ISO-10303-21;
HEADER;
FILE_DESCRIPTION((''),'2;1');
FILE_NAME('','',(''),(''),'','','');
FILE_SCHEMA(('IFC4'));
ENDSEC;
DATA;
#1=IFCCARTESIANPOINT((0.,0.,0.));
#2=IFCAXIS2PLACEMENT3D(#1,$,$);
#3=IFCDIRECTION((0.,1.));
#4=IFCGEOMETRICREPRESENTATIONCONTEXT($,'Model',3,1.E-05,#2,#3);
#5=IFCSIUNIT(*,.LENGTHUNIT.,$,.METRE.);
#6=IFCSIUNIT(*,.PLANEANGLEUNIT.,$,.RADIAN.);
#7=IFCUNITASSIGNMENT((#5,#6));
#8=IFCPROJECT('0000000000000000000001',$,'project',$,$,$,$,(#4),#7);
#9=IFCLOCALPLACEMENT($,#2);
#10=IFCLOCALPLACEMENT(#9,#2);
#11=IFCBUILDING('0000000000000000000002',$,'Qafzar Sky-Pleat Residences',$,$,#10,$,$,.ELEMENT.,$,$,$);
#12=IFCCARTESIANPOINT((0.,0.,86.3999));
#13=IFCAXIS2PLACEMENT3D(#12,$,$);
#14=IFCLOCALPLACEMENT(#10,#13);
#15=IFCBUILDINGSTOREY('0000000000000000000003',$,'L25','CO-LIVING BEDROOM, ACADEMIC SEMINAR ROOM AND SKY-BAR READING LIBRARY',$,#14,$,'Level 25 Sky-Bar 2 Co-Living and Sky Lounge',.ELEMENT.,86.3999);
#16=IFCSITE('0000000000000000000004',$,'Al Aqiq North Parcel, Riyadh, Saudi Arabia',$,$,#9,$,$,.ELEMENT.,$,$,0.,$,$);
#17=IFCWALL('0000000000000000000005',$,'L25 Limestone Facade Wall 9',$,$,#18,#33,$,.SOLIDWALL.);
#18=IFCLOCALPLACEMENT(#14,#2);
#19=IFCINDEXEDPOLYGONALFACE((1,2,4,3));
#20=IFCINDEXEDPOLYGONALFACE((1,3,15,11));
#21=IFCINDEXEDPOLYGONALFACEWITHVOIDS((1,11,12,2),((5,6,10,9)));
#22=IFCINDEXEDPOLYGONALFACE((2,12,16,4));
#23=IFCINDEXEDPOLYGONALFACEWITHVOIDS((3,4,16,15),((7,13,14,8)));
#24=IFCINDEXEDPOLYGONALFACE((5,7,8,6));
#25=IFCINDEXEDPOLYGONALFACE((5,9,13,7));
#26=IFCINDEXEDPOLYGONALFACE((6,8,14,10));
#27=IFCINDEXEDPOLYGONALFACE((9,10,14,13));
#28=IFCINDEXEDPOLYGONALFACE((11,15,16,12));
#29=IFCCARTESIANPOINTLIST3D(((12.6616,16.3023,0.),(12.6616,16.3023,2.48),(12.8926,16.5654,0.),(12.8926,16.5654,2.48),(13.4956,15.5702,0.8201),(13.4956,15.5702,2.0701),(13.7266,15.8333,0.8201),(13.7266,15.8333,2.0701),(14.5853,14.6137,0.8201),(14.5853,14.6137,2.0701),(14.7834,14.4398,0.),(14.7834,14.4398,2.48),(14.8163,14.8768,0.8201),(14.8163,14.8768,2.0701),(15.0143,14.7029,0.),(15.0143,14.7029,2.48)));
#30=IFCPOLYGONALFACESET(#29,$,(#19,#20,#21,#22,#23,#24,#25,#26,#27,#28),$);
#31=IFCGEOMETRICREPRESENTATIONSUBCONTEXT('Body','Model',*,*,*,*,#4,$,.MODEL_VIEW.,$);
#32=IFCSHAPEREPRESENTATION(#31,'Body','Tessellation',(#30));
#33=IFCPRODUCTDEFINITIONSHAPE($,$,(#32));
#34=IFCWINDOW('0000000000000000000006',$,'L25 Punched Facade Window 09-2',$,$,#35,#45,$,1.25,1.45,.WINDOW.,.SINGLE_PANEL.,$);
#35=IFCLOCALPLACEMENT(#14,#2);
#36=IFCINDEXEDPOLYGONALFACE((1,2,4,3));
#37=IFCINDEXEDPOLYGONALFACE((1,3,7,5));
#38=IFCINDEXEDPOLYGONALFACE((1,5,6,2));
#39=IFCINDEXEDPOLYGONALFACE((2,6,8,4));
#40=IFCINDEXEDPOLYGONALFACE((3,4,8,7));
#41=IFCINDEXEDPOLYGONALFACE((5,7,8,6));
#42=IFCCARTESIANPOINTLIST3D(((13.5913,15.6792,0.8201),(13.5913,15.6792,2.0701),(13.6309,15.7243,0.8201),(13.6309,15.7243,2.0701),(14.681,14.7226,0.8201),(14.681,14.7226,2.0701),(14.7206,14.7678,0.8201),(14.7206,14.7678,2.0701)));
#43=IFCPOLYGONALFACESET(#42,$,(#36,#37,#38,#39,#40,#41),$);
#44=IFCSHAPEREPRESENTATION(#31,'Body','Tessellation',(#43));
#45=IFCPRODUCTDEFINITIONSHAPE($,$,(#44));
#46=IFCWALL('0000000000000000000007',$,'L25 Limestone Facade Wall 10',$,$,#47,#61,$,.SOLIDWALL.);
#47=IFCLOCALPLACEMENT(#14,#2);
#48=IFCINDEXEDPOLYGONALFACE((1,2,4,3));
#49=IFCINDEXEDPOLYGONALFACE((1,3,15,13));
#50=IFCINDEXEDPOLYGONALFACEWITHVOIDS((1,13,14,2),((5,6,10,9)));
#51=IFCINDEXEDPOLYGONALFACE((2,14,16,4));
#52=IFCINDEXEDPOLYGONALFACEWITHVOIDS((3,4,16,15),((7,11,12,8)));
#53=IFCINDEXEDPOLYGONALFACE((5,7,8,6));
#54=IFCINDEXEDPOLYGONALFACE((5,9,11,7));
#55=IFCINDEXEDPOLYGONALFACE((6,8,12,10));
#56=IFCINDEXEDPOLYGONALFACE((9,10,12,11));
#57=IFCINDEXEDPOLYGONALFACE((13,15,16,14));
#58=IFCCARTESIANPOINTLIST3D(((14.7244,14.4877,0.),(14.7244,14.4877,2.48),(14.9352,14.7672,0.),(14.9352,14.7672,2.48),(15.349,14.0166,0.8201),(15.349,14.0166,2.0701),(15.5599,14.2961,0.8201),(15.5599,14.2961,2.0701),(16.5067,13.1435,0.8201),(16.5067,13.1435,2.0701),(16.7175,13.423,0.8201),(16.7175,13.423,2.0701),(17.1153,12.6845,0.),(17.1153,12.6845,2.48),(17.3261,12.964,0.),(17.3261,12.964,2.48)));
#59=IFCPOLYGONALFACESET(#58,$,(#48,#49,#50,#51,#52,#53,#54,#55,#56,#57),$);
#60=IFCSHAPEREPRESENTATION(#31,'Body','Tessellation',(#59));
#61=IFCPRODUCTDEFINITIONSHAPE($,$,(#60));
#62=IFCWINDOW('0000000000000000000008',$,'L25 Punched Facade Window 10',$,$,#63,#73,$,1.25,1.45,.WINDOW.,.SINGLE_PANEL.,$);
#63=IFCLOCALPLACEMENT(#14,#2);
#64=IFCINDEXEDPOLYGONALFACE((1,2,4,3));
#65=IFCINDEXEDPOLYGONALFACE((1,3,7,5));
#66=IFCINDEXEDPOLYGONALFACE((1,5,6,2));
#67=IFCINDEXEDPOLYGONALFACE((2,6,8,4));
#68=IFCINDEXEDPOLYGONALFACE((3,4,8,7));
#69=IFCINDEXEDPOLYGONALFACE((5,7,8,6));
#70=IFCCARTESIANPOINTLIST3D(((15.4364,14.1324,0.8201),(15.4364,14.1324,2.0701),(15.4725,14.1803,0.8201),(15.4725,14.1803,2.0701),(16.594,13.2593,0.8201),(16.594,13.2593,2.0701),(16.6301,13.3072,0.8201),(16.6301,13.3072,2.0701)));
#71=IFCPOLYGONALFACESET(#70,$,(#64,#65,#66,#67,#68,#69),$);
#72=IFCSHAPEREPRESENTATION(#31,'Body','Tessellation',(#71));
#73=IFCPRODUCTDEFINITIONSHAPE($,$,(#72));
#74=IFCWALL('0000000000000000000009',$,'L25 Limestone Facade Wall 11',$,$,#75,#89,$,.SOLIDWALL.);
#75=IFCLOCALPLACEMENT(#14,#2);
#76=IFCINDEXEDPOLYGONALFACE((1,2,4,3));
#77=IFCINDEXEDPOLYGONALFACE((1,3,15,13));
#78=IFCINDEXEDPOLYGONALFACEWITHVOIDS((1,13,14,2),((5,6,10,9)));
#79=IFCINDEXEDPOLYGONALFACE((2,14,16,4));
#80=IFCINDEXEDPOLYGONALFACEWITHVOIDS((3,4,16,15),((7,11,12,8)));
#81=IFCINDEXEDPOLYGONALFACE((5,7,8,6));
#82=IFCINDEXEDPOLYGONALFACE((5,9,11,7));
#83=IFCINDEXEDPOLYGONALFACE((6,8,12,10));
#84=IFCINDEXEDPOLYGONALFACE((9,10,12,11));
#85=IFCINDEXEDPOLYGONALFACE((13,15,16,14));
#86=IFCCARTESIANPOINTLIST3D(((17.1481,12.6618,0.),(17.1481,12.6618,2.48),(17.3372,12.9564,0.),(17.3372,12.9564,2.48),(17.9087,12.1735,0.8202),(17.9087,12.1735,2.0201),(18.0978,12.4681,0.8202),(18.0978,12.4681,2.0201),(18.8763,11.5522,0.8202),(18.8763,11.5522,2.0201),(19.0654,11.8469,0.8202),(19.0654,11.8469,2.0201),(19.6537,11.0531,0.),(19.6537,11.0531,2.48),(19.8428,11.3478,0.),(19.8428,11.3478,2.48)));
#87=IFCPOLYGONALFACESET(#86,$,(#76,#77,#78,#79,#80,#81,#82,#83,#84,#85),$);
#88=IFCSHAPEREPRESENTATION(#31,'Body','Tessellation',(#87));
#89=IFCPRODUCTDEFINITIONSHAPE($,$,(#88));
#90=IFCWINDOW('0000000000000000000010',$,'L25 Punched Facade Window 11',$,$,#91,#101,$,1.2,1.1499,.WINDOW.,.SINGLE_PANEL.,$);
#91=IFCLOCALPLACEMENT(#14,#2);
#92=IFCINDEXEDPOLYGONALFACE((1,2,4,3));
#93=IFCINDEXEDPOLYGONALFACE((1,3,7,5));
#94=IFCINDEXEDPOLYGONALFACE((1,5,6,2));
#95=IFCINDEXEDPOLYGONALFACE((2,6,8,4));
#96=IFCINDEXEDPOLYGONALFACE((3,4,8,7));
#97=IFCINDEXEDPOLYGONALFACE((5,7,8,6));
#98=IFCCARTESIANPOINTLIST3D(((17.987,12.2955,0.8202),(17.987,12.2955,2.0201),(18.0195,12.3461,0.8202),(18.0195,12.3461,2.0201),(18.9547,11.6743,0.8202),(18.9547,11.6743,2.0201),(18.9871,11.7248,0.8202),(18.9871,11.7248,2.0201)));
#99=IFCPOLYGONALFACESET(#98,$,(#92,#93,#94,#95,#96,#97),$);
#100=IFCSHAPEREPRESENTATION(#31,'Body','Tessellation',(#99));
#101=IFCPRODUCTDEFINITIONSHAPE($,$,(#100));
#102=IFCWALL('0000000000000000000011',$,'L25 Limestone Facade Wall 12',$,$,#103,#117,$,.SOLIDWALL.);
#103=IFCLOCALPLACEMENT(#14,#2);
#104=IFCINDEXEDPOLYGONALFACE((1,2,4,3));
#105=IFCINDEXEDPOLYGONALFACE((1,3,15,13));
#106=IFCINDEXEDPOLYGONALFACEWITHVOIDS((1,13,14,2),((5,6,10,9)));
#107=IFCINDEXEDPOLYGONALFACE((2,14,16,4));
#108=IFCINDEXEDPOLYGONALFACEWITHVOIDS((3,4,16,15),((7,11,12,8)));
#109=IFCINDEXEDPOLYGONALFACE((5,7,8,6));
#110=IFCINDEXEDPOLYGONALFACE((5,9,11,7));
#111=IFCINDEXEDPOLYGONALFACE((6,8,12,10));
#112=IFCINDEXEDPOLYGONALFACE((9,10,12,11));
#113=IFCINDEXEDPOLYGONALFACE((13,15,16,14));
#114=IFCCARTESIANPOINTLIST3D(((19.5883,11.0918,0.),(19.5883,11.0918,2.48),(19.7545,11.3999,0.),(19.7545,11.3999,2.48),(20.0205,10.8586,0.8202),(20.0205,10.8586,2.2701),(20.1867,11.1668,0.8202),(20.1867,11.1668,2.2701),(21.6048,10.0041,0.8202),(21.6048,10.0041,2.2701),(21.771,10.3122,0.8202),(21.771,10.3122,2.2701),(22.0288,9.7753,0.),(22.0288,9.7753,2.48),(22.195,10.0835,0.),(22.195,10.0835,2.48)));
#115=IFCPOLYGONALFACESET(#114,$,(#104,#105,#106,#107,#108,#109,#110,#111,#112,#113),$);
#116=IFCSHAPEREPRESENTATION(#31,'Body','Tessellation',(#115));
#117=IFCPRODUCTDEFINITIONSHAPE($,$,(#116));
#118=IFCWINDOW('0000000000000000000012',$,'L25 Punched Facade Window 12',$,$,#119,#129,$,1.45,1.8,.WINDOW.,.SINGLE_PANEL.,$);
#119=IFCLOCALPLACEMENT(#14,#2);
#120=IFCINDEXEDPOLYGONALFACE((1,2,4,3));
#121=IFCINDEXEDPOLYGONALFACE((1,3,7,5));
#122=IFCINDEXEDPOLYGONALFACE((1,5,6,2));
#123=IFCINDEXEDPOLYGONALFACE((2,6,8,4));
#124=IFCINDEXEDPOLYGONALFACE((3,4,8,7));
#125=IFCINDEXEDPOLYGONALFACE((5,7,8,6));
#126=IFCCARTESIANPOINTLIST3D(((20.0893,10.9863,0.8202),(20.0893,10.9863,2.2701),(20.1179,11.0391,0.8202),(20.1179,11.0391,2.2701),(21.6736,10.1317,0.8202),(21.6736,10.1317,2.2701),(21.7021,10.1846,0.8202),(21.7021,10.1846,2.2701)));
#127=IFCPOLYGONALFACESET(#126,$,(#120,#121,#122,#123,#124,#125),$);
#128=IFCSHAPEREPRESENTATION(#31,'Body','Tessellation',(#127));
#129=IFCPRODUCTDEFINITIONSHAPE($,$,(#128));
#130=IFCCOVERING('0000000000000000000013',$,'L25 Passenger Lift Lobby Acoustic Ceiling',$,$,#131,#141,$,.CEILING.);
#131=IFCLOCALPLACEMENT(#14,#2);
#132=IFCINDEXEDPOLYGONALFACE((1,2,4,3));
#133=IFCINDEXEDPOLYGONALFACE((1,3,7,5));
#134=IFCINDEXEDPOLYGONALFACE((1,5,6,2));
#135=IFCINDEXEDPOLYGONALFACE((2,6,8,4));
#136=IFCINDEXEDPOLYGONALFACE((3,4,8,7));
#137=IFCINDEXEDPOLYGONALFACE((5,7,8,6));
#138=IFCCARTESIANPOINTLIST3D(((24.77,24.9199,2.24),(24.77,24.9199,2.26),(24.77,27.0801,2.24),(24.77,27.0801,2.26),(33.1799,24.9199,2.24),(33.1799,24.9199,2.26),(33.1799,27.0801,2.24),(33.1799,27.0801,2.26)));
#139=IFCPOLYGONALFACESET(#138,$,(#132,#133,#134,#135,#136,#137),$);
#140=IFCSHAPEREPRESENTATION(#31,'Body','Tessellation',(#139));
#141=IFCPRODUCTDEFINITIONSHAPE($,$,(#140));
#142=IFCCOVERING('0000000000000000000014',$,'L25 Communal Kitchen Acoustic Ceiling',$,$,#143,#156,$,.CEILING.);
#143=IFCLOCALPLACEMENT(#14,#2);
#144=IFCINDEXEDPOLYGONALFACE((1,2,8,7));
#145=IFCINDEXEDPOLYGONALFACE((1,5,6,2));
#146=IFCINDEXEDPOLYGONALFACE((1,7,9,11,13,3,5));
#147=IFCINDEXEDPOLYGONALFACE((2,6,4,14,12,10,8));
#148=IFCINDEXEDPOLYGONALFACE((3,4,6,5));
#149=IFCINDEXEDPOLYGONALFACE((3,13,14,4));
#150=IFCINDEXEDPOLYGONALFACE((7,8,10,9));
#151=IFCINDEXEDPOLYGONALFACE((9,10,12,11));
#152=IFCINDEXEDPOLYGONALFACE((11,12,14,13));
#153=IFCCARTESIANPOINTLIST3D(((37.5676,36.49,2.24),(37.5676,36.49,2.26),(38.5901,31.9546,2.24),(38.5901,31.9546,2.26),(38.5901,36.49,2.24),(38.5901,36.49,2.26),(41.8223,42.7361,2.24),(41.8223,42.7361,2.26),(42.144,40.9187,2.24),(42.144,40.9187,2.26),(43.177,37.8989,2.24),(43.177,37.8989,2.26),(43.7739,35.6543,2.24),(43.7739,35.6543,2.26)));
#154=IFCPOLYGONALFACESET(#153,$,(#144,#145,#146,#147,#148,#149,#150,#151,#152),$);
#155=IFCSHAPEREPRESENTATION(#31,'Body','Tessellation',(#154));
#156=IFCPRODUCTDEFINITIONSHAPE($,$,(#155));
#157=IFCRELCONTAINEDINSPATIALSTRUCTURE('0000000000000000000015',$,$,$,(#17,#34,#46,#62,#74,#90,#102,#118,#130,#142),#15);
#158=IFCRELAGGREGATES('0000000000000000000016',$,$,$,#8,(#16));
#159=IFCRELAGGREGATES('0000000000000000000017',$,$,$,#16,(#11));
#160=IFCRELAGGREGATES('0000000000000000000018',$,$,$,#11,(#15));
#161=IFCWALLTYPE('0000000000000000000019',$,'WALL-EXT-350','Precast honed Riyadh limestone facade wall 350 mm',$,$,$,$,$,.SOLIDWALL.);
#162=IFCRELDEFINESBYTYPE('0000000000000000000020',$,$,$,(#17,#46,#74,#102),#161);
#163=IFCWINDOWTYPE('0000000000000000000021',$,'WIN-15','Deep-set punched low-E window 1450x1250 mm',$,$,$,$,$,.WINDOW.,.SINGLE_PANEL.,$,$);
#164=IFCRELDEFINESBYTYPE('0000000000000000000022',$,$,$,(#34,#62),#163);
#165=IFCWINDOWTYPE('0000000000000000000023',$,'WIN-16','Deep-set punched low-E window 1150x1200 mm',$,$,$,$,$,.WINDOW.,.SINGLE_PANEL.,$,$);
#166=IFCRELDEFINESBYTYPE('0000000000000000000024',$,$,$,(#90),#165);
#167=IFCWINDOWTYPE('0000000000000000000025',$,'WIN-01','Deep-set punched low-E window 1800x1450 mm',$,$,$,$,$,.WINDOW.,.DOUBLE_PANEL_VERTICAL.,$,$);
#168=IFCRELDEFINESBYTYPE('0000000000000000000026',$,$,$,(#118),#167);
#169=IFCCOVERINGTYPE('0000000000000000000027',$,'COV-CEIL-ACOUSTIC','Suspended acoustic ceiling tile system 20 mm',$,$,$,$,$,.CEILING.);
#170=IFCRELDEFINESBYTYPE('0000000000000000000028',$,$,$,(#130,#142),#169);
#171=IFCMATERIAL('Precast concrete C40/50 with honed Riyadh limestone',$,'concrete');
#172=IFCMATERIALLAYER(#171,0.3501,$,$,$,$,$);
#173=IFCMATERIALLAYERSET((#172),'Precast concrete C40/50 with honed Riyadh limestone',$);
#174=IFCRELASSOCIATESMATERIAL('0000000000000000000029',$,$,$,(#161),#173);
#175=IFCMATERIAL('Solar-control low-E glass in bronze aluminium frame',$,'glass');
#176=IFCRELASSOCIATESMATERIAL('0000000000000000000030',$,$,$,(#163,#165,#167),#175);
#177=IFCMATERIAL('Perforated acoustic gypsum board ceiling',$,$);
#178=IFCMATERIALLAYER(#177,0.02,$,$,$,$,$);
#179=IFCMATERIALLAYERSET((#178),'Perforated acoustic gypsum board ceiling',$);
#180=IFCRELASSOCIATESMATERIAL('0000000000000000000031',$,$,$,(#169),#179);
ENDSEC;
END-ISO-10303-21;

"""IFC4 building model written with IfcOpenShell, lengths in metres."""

from ifc_helpers import new_model, si_unit, direction, frame, frame_2d, origin, place, context, subcontext, project, spatial, polyline, rectangle, outline, extrude, source, transform, mapped, material, layer, layer_set, type_object, element, fill, save


model = new_model("IFC4")

# Units and contexts
model_context = context("Model", 3, precision=1e-05, world=origin(), true_north=direction((0.0, 1.0)))
body_context = subcontext(model_context, "Body", "Model", "MODEL_VIEW")
ifc_project = project(units=[si_unit("LENGTHUNIT", "METRE"), si_unit("PLANEANGLEUNIT", "RADIAN")], contexts=[model_context])

# Site, building, storey
site_placement = place(None, origin())
site = spatial("IfcSite", under=ifc_project, at=site_placement, Name="Al Aqiq North Parcel, Riyadh, Saudi Arabia", CompositionType="ELEMENT", RefElevation=0.0)
building_placement = place(site_placement, origin())
building = spatial("IfcBuilding", under=site, at=building_placement, Name="Qafzar Sky-Pleat Residences", CompositionType="ELEMENT")
storey_placement = place(building_placement, frame((0.0, 0.0, 86.3999)))
storey = spatial("IfcBuildingStorey", under=building, at=storey_placement, Name="L25", Description="CO-LIVING BEDROOM, ACADEMIC SEMINAR ROOM AND SKY-BAR READING LIBRARY", LongName="Level 25 Sky-Bar 2 Co-Living and Sky Lounge", CompositionType="ELEMENT", Elevation=86.3999)

# Walls, openings, windows
ifc_material_1 = material(Name="Precast concrete C40/50 with honed Riyadh limestone", Category="concrete")
ifc_layer_1 = layer(ifc_material_1, 0.3501)
ifc_layer_set_1 = layer_set([ifc_layer_1], Name="Precast concrete C40/50 with honed Riyadh limestone")
wall_type_1 = type_object("IfcWallType", Name="WALL-EXT-350", Description="Precast honed Riyadh limestone facade wall 350 mm", PredefinedType="SOLIDWALL", material=ifc_layer_set_1)
wall_1_placement = place(storey_placement, frame((12.7771, 16.4338, 0.0), z_axis=(0.0, 0.0, 1.0), x_axis=(0.751531, -0.659698, 0.0)))
wall_1 = element("IfcWall", 1, at=wall_1_placement, inside=storey, type_object=wall_type_1, Name="L25 Limestone Facade Wall 9", PredefinedType="SOLIDWALL", context=body_context, shape_type="SweptSolid", body=[
    extrude(rectangle(XDim=2.8232, YDim=0.3501, at=frame_2d((1.4116, 0.0))), origin(), (0.0, 0.0, 1.0), 2.48),
])
opening_1_placement = place(wall_1_placement, frame((1.1096, 0.0, 0.8201)))
opening_1 = element("IfcOpeningElement", 2, at=opening_1_placement, cuts=wall_1, PredefinedType="OPENING", context=body_context, shape_type="SweptSolid", body=[
    extrude(rectangle(XDim=1.45, YDim=1.25, at=frame_2d((0.7251, 0.625))), frame((0.0, 0.1851, 0.0), z_axis=(0.0, -1.0, 0.0), x_axis=(1.0, 0.0, 0.0)), (0.0, 0.0, 1.0), 0.3701),
])
ifc_material_2 = material(Name="Solar-control low-E glass in bronze aluminium frame", Category="glass")
window_type_1 = type_object("IfcWindowType", Name="WIN-15", Description="Deep-set punched low-E window 1450x1250 mm", PartitioningType="SINGLE_PANEL", PredefinedType="WINDOW", material=ifc_material_2)
shared_shape_1 = source(origin(), body_context, "Body", "SweptSolid", [
    extrude(rectangle(XDim=1.45, YDim=1.25, at=frame_2d((0.7251, 0.625))), frame((0.0, 0.03, 0.0), z_axis=(0.0, -1.0, 0.0), x_axis=(1.0, 0.0, 0.0)), (0.0, 0.0, 1.0), 0.0601),
])
window_1_placement = place(opening_1_placement, origin())
window_1 = element("IfcWindow", 3, at=window_1_placement, inside=storey, type_object=window_type_1, Name="L25 Punched Facade Window 09-2", OverallHeight=1.25, OverallWidth=1.45, PartitioningType="SINGLE_PANEL", PredefinedType="WINDOW", context=body_context, shape_type="MappedRepresentation", body=[
    mapped(shared_shape_1, transform((0.0, 0.0, 0.0), x_axis=(1.0, 0.0, 0.0), y_axis=(0.0, 1.0, 0.0), z_axis=(0.0, 0.0, 1.0), scale=1.0)),
])
fill(opening_1, window_1)
wall_2_placement = place(storey_placement, frame((14.8298, 14.6274, 0.0), z_axis=(0.0, 0.0, 1.0), x_axis=(0.798383, -0.60215, 0.0)))
wall_2 = element("IfcWall", 4, at=wall_2_placement, inside=storey, type_object=wall_type_1, Name="L25 Limestone Facade Wall 10", PredefinedType="SOLIDWALL", context=body_context, shape_type="SweptSolid", body=[
    extrude(rectangle(XDim=2.9946, YDim=0.3501, at=frame_2d((1.4973, 0.0))), origin(), (0.0, 0.0, 1.0), 2.48),
])
opening_2_placement = place(wall_2_placement, frame((0.7822, 0.0, 0.8201)))
opening_2 = element("IfcOpeningElement", 5, at=opening_2_placement, cuts=wall_2, PredefinedType="OPENING", context=body_context, shape_type="SweptSolid", body=[
    extrude(rectangle(XDim=1.45, YDim=1.25, at=frame_2d((0.7251, 0.625))), frame((0.0, 0.1851, 0.0), z_axis=(0.0, -1.0, 0.0), x_axis=(1.0, 0.0, 0.0)), (0.0, 0.0, 1.0), 0.3701),
])
window_2_placement = place(opening_2_placement, origin())
window_2 = element("IfcWindow", 6, at=window_2_placement, inside=storey, type_object=window_type_1, Name="L25 Punched Facade Window 10", OverallHeight=1.25, OverallWidth=1.45, PartitioningType="SINGLE_PANEL", PredefinedType="WINDOW", context=body_context, shape_type="MappedRepresentation", body=[
    mapped(shared_shape_1, transform((0.0, 0.0, 0.0), x_axis=(1.0, 0.0, 0.0), y_axis=(0.0, 1.0, 0.0), z_axis=(0.0, 0.0, 1.0), scale=1.0)),
])
fill(opening_2, window_2)
wall_3_placement = place(storey_placement, frame((17.2427, 12.8091, 0.0), z_axis=(0.0, 0.0, 1.0), x_axis=(0.841501, -0.540256, 0.0)))
wall_3 = element("IfcWall", 7, at=wall_3_placement, inside=storey, type_object=wall_type_1, Name="L25 Limestone Facade Wall 11", PredefinedType="SOLIDWALL", context=body_context, shape_type="SweptSolid", body=[
    extrude(rectangle(XDim=2.9775, YDim=0.3501, at=frame_2d((1.4888, 0.0))), origin(), (0.0, 0.0, 1.0), 2.48),
])
opening_3_placement = place(wall_3_placement, frame((0.9038, 0.0, 0.8201)))
opening_3 = element("IfcOpeningElement", 8, at=opening_3_placement, cuts=wall_3, PredefinedType="OPENING", context=body_context, shape_type="SweptSolid", body=[
    extrude(rectangle(XDim=1.1499, YDim=1.2, at=frame_2d((0.575, 0.6001))), frame((0.0, 0.1851, 0.0), z_axis=(0.0, -1.0, 0.0), x_axis=(1.0, 0.0, 0.0)), (0.0, 0.0, 1.0), 0.3701),
])
window_type_2 = type_object("IfcWindowType", Name="WIN-16", Description="Deep-set punched low-E window 1150x1200 mm", PartitioningType="SINGLE_PANEL", PredefinedType="WINDOW", material=ifc_material_2)
shared_shape_2 = source(origin(), body_context, "Body", "SweptSolid", [
    extrude(rectangle(XDim=1.1499, YDim=1.2, at=frame_2d((0.575, 0.6001))), frame((0.0, 0.03, 0.0), z_axis=(0.0, -1.0, 0.0), x_axis=(1.0, 0.0, 0.0)), (0.0, 0.0, 1.0), 0.0601),
])
window_3_placement = place(opening_3_placement, origin())
window_3 = element("IfcWindow", 9, at=window_3_placement, inside=storey, type_object=window_type_2, Name="L25 Punched Facade Window 11", OverallHeight=1.2, OverallWidth=1.1499, PartitioningType="SINGLE_PANEL", PredefinedType="WINDOW", context=body_context, shape_type="MappedRepresentation", body=[
    mapped(shared_shape_2, transform((0.0, 0.0, 0.0), x_axis=(1.0, 0.0, 0.0), y_axis=(0.0, 1.0, 0.0), z_axis=(0.0, 0.0, 1.0), scale=1.0)),
])
fill(opening_3, window_3)
wall_4_placement = place(storey_placement, frame((19.6714, 11.2458, 0.0), z_axis=(0.0, 0.0, 1.0), x_axis=(0.88012, -0.474751, 0.0)))
wall_4 = element("IfcWall", 10, at=wall_4_placement, inside=storey, type_object=wall_type_1, Name="L25 Limestone Facade Wall 12", PredefinedType="SOLIDWALL", context=body_context, shape_type="SweptSolid", body=[
    extrude(rectangle(XDim=2.7729, YDim=0.3501, at=frame_2d((1.3865, 0.0))), origin(), (0.0, 0.0, 1.0), 2.48),
])
opening_4_placement = place(wall_4_placement, frame((0.4912, 0.0, 0.8201)))
opening_4 = element("IfcOpeningElement", 11, at=opening_4_placement, cuts=wall_4, PredefinedType="OPENING", context=body_context, shape_type="SweptSolid", body=[
    extrude(rectangle(XDim=1.8, YDim=1.45, at=frame_2d((0.8999, 0.7251))), frame((0.0, 0.1851, 0.0), z_axis=(0.0, -1.0, 0.0), x_axis=(1.0, 0.0, 0.0)), (0.0, 0.0, 1.0), 0.3701),
])
window_type_3 = type_object("IfcWindowType", Name="WIN-01", Description="Deep-set punched low-E window 1800x1450 mm", PartitioningType="DOUBLE_PANEL_VERTICAL", PredefinedType="WINDOW", material=ifc_material_2)
shared_shape_3 = source(origin(), body_context, "Body", "SweptSolid", [
    extrude(rectangle(XDim=1.8, YDim=1.45, at=frame_2d((0.8999, 0.7251))), frame((0.0, 0.03, 0.0), z_axis=(0.0, -1.0, 0.0), x_axis=(1.0, 0.0, 0.0)), (0.0, 0.0, 1.0), 0.0601),
])
window_4_placement = place(opening_4_placement, origin())
window_4 = element("IfcWindow", 12, at=window_4_placement, inside=storey, type_object=window_type_3, Name="L25 Punched Facade Window 12", OverallHeight=1.45, OverallWidth=1.8, PartitioningType="SINGLE_PANEL", PredefinedType="WINDOW", context=body_context, shape_type="MappedRepresentation", body=[
    mapped(shared_shape_3, transform((0.0, 0.0, 0.0), x_axis=(1.0, 0.0, 0.0), y_axis=(0.0, 1.0, 0.0), z_axis=(0.0, 0.0, 1.0), scale=1.0)),
])
fill(opening_4, window_4)

# Coverings
ifc_material_3 = material(Name="Perforated acoustic gypsum board ceiling")
ifc_layer_2 = layer(ifc_material_3, 0.02)
ifc_layer_set_2 = layer_set([ifc_layer_2], Name="Perforated acoustic gypsum board ceiling")
covering_type_1 = type_object("IfcCoveringType", Name="COV-CEIL-ACOUSTIC", Description="Suspended acoustic ceiling tile system 20 mm", PredefinedType="CEILING", material=ifc_layer_set_2)
covering_1_placement = place(storey_placement, frame((0.0, 0.0, 2.24)))
element("IfcCovering", 13, at=covering_1_placement, inside=storey, type_object=covering_type_1, Name="L25 Passenger Lift Lobby Acoustic Ceiling", PredefinedType="CEILING", context=body_context, shape_type="SweptSolid", body=[
    extrude(outline(polyline([(33.1799, 24.9199), (24.77, 24.9199), (24.77, 27.0801), (33.1799, 27.0801), (33.1799, 24.9199)])), origin(), (0.0, 0.0, 1.0), 0.02),
])
covering_2_placement = place(storey_placement, frame((0.0, 0.0, 2.24)))
element("IfcCovering", 14, at=covering_2_placement, inside=storey, type_object=covering_type_1, Name="L25 Communal Kitchen Acoustic Ceiling", PredefinedType="CEILING", context=body_context, shape_type="SweptSolid", body=[
    extrude(outline(polyline([(42.144, 40.9187), (43.177, 37.8989), (43.7739, 35.6543), (38.5901, 31.9546), (38.5901, 36.49), (37.5676, 36.49), (41.8223, 42.7361), (42.144, 40.9187)])), origin(), (0.0, 0.0, 1.0), 0.02),
])

save(model, "model.ifc")
